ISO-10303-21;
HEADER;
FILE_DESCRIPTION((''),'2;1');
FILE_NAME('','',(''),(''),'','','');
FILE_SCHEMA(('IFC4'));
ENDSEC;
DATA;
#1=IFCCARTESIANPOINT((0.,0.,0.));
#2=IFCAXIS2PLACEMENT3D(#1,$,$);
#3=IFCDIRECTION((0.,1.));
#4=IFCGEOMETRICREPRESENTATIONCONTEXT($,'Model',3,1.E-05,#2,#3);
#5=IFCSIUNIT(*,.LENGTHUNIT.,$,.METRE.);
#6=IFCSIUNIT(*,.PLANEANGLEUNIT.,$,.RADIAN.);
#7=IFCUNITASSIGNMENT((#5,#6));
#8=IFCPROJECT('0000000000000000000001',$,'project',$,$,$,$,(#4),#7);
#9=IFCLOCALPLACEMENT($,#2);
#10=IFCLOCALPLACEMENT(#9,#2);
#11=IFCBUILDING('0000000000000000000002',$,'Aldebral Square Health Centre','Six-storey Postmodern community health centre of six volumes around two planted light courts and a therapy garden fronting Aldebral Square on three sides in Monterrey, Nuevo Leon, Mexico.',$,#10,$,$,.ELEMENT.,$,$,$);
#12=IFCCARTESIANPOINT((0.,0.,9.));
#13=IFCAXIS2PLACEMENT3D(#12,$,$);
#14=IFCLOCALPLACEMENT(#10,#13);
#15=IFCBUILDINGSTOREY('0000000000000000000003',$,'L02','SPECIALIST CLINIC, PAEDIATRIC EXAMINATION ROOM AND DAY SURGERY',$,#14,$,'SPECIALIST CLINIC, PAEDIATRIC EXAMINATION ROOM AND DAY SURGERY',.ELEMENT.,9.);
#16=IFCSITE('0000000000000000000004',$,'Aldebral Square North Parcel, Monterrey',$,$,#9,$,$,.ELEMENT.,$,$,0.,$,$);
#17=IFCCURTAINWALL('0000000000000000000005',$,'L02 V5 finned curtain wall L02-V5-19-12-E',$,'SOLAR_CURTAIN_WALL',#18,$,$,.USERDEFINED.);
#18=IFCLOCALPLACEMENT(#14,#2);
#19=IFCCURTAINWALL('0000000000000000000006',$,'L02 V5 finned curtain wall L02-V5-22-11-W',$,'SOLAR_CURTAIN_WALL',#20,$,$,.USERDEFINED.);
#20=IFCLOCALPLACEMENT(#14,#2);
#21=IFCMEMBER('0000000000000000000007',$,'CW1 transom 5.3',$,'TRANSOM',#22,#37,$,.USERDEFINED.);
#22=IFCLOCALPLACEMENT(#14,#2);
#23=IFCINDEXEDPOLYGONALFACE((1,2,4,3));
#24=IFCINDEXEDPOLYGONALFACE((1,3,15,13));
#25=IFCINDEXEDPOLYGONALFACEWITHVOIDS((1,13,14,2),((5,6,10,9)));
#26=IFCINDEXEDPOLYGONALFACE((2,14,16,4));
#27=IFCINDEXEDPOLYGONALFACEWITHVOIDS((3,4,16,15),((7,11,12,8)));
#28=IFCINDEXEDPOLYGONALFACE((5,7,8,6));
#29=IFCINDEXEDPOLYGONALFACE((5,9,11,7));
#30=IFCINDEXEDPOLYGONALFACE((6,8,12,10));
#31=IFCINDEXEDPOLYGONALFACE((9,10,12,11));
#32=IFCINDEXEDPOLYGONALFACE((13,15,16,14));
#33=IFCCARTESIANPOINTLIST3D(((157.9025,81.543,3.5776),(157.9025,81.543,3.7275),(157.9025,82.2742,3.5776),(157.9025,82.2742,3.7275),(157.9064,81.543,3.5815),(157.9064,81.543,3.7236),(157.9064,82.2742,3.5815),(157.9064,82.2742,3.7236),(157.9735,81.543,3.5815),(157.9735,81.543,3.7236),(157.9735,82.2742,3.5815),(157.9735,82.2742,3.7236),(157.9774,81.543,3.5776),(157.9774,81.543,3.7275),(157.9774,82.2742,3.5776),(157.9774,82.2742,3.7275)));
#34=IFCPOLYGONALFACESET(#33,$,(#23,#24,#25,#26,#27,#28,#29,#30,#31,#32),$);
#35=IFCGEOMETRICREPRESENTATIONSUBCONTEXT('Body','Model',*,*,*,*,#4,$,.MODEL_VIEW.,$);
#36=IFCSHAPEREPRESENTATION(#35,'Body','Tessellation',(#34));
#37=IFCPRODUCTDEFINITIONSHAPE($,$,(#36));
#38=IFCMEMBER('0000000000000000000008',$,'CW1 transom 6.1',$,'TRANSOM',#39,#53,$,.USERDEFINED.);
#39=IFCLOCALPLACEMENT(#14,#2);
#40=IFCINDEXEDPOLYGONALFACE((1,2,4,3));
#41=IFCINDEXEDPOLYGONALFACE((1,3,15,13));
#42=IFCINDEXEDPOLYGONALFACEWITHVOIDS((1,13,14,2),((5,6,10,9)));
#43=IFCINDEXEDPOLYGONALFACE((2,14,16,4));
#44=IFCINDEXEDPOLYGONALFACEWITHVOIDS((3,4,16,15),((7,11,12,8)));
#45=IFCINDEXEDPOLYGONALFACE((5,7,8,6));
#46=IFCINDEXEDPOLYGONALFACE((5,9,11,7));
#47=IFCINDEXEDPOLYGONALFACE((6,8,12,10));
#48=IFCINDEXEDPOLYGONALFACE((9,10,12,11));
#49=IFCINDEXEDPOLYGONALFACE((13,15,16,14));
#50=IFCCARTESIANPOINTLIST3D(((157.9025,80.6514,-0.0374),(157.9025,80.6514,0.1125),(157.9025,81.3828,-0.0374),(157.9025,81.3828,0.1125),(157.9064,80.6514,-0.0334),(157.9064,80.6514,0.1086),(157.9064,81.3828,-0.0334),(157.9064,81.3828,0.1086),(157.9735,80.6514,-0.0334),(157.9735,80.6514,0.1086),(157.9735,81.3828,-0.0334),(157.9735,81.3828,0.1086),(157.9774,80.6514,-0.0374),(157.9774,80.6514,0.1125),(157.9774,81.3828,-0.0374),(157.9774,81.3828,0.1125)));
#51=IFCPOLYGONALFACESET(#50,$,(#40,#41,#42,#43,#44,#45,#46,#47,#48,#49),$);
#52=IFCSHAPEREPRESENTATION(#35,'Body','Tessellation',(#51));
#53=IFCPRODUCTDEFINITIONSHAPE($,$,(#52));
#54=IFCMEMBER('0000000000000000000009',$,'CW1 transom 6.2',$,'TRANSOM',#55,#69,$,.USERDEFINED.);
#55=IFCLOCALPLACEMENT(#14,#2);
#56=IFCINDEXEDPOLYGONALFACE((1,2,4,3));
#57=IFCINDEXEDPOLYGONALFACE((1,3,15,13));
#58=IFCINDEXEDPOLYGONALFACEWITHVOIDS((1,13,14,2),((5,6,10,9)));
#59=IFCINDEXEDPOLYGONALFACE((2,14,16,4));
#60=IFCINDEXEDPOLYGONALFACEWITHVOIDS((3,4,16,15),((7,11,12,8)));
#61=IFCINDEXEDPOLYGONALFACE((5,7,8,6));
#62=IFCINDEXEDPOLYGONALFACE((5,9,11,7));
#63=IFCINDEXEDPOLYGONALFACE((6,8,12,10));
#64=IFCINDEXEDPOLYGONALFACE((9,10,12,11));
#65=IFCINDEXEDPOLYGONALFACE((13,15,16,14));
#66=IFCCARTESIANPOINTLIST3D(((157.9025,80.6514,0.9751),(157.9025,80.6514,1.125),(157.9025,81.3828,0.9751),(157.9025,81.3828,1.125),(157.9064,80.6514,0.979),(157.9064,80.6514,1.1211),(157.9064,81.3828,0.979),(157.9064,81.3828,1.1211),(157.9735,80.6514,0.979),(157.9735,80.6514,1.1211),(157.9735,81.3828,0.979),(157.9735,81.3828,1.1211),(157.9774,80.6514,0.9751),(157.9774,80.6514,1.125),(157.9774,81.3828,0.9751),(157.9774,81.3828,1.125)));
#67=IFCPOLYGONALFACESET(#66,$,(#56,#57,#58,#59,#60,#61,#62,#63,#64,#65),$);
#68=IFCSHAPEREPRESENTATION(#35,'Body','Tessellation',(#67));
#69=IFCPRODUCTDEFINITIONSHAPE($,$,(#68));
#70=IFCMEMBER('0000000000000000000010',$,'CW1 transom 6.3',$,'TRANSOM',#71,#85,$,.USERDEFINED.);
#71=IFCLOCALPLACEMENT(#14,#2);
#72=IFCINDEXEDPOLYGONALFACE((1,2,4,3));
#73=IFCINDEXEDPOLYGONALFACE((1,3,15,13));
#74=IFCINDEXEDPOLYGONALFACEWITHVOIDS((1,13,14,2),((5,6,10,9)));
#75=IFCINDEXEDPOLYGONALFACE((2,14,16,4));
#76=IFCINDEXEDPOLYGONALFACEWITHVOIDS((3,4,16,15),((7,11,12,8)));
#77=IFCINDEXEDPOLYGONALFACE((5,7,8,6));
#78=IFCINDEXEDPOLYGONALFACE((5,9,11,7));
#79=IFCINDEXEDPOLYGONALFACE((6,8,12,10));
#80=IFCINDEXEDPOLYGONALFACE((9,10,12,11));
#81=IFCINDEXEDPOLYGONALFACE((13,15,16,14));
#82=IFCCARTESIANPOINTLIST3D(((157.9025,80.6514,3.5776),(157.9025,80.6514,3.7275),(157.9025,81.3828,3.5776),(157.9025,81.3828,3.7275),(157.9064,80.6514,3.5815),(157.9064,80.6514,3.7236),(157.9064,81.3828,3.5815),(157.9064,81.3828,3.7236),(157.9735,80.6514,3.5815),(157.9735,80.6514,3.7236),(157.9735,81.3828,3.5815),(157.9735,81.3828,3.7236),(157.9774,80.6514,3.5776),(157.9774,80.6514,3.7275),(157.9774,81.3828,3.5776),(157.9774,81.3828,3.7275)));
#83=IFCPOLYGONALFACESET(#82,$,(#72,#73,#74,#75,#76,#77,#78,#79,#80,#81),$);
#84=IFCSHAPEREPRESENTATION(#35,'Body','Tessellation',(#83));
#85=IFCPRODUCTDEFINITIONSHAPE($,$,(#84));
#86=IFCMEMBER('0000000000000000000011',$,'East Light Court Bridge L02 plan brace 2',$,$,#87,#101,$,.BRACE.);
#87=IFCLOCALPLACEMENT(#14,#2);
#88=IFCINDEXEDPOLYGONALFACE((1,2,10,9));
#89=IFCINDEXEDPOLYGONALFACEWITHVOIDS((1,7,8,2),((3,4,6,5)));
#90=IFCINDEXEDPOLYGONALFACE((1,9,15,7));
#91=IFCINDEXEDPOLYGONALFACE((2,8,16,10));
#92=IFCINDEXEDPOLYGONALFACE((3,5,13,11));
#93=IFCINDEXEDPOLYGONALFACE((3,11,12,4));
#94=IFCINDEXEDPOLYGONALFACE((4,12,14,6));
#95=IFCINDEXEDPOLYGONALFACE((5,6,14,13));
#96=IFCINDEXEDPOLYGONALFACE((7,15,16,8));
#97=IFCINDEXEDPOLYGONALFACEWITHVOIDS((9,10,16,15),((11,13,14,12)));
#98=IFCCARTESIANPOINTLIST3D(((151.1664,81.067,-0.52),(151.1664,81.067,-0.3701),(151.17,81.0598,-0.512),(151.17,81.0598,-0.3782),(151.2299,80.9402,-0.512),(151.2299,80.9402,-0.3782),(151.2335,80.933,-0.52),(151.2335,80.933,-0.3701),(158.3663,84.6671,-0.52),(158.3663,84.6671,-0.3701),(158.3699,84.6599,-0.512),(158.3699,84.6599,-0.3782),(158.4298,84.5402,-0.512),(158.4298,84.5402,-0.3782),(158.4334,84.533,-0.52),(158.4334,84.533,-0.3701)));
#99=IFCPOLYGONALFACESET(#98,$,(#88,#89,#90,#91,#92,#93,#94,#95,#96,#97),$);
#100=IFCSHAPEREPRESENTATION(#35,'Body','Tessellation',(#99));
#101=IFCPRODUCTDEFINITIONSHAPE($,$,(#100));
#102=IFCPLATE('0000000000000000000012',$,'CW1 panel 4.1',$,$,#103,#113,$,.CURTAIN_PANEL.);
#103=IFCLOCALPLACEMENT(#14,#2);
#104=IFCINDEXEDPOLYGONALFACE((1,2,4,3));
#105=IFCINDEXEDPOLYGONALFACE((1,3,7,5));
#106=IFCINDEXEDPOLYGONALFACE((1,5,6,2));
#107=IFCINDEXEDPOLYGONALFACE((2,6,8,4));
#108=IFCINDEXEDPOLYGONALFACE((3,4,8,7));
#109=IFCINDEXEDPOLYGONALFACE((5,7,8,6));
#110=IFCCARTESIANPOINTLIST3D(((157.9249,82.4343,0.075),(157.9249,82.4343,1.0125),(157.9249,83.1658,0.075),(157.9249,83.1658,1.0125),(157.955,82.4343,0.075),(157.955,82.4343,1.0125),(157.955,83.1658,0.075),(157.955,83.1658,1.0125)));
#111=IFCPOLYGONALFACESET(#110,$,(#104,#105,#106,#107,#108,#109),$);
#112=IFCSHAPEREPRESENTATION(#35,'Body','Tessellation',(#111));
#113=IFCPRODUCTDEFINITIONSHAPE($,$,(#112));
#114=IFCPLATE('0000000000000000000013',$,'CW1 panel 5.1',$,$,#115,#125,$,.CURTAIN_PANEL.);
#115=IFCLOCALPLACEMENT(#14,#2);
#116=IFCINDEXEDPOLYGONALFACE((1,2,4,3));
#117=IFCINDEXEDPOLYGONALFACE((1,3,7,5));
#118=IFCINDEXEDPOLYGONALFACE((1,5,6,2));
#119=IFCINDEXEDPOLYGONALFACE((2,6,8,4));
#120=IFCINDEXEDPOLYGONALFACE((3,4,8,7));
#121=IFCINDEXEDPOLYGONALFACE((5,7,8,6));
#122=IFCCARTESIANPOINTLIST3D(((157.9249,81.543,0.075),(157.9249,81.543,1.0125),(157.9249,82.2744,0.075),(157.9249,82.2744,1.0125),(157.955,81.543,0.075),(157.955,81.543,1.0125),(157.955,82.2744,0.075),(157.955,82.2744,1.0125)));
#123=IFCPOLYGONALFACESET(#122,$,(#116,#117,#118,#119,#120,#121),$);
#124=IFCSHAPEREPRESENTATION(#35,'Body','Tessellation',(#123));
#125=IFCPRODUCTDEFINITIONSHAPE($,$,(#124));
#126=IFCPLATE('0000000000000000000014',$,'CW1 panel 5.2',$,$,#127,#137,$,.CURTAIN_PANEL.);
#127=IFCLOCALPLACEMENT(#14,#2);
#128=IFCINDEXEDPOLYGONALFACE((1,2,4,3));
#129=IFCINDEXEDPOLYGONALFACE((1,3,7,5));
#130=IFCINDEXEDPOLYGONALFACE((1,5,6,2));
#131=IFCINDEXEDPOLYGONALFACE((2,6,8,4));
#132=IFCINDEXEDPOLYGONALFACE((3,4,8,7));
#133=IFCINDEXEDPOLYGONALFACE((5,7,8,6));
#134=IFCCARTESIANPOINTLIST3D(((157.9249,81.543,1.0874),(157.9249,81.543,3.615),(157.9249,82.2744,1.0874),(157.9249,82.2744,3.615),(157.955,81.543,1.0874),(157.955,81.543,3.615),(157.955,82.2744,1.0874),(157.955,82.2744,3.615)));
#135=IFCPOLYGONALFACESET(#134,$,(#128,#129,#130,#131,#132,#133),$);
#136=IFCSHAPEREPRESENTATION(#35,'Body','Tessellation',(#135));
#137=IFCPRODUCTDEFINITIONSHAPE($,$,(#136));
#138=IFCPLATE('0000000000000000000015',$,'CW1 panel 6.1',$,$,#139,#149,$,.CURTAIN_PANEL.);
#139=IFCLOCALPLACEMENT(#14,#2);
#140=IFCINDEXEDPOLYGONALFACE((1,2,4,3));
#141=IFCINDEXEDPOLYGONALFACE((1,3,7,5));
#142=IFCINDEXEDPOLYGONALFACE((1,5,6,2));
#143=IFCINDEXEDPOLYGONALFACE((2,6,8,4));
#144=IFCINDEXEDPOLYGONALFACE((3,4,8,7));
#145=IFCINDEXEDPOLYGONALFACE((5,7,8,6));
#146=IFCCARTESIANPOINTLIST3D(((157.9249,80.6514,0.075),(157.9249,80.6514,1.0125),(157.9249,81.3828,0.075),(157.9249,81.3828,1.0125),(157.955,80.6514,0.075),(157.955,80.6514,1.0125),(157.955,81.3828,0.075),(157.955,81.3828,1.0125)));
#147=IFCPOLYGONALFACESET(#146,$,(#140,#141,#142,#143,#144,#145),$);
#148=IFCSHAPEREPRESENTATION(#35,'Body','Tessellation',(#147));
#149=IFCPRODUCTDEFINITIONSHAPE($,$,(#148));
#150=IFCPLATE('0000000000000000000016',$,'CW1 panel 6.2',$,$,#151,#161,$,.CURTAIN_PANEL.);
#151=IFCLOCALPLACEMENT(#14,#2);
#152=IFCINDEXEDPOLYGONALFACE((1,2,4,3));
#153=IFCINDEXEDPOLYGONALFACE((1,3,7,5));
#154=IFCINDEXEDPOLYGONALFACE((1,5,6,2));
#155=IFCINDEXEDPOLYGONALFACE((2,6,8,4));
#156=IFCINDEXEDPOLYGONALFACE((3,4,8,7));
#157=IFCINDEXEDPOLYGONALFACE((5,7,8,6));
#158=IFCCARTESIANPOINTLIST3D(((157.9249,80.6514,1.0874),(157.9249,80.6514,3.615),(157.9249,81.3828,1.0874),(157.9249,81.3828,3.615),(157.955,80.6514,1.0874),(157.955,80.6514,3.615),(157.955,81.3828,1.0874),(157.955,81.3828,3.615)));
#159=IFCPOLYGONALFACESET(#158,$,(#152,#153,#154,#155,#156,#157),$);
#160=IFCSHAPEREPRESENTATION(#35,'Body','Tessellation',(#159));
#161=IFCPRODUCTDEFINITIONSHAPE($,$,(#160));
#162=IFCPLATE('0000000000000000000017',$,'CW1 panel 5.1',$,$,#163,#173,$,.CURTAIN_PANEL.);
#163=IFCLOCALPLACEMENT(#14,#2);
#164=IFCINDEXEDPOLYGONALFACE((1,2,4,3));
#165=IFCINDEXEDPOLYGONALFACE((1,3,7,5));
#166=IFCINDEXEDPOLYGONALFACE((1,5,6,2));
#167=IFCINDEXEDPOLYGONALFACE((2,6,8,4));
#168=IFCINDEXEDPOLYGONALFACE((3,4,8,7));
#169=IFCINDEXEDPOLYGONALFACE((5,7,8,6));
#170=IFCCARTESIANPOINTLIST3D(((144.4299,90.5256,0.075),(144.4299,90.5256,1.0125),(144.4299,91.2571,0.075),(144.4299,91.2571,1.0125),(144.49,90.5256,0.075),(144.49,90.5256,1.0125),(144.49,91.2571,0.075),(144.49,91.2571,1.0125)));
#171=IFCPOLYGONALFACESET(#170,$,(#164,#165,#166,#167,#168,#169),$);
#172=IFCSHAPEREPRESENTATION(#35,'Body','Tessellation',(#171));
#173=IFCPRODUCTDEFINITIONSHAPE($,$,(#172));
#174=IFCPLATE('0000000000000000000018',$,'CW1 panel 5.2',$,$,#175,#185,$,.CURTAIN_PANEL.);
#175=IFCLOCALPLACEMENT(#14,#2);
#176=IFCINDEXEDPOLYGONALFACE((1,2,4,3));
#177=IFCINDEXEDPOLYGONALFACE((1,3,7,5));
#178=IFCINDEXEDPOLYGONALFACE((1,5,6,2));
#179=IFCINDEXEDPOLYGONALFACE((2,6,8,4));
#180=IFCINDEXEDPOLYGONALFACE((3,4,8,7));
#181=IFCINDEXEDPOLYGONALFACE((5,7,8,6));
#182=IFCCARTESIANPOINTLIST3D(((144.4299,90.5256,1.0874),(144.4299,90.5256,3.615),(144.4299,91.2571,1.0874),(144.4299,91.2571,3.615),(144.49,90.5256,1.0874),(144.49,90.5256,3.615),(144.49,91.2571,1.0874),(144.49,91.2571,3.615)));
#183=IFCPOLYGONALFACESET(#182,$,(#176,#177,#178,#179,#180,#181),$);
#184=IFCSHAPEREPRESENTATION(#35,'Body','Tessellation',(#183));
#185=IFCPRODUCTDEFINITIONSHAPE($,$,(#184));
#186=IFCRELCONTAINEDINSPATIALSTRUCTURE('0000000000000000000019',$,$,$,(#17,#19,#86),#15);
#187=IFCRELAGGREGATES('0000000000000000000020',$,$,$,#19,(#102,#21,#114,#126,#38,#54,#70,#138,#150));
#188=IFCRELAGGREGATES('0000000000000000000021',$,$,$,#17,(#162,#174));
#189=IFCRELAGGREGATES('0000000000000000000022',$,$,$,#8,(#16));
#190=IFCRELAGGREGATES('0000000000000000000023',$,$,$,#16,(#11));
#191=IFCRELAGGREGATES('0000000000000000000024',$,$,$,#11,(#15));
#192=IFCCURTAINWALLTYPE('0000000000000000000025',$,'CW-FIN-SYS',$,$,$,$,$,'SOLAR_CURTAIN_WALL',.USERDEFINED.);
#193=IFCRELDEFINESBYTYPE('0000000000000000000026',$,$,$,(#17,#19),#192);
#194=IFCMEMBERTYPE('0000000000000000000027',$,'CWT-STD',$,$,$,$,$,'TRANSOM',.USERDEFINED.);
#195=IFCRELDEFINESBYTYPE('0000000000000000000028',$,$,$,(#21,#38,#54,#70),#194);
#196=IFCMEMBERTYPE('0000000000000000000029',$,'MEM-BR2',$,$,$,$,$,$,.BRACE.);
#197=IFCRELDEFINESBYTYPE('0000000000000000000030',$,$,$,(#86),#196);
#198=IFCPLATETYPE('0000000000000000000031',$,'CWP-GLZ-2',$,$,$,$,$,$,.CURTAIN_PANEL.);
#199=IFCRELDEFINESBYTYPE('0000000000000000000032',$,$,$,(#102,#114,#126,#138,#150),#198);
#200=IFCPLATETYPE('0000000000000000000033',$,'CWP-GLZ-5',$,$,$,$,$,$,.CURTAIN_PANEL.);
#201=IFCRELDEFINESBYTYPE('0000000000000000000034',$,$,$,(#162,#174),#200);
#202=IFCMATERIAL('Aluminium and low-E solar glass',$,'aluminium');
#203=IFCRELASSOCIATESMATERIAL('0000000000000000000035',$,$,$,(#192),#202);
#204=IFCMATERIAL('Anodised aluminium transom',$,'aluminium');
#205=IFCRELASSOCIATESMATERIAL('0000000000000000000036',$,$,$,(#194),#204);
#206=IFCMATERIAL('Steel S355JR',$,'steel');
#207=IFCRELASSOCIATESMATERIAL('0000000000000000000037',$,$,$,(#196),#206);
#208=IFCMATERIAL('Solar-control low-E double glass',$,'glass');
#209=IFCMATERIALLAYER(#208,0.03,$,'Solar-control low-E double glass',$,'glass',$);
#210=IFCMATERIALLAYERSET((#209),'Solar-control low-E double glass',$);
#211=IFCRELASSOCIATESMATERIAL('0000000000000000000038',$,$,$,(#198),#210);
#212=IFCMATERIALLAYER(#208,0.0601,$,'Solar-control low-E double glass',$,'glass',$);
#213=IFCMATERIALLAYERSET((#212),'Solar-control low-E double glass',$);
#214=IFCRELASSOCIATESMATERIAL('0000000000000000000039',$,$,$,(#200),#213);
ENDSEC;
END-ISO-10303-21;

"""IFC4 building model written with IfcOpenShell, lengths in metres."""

from ifc_helpers import new_model, si_unit, direction, frame, origin, origin_2d, place, context, subcontext, project, spatial, rectangle, hollow_rectangle, extrude, material, layer, layer_set, material_profile, profile_set, type_object, element, aggregate, save


model = new_model("IFC4")

# Units and contexts
model_context = context("Model", 3, precision=1e-05, world=origin(), true_north=direction((0.0, 1.0)))
body_context = subcontext(model_context, "Body", "Model", "MODEL_VIEW")
ifc_project = project(units=[si_unit("LENGTHUNIT", "METRE"), si_unit("PLANEANGLEUNIT", "RADIAN")], contexts=[model_context])

# Site, building, storey
site_placement = place(None, origin())
site = spatial("IfcSite", under=ifc_project, at=site_placement, Name="Aldebral Square North Parcel, Monterrey", CompositionType="ELEMENT", RefElevation=0.0)
building_placement = place(site_placement, origin())
building = spatial("IfcBuilding", under=site, at=building_placement, Name="Aldebral Square Health Centre", Description="Six-storey Postmodern community health centre of six volumes around two planted light courts and a therapy garden fronting Aldebral Square on three sides in Monterrey, Nuevo Leon, Mexico.", CompositionType="ELEMENT")
storey_placement = place(building_placement, frame((0.0, 0.0, 9.0)))
storey = spatial("IfcBuildingStorey", under=building, at=storey_placement, Name="L02", Description="SPECIALIST CLINIC, PAEDIATRIC EXAMINATION ROOM AND DAY SURGERY", LongName="SPECIALIST CLINIC, PAEDIATRIC EXAMINATION ROOM AND DAY SURGERY", CompositionType="ELEMENT", Elevation=9.0)

# Shared definitions
ifc_material_1 = material(Name="Steel S355JR", Category="steel")

# Curtain walls
ifc_material_2 = material(Name="Aluminium and low-E solar glass", Category="aluminium")
curtain_wall_type = type_object("IfcCurtainWallType", Name="CW-FIN-SYS", ElementType="SOLAR_CURTAIN_WALL", PredefinedType="USERDEFINED", material=ifc_material_2)
curtain_wall_1_placement = place(storey_placement, origin())
curtain_wall_1 = element("IfcCurtainWall", 1, at=curtain_wall_1_placement, inside=storey, type_object=curtain_wall_type, Name="L02 V5 finned curtain wall L02-V5-19-12-E", ObjectType="SOLAR_CURTAIN_WALL", PredefinedType="USERDEFINED")
curtain_wall_2_placement = place(storey_placement, origin())
curtain_wall_2 = element("IfcCurtainWall", 2, at=curtain_wall_2_placement, inside=storey, type_object=curtain_wall_type, Name="L02 V5 finned curtain wall L02-V5-22-11-W", ObjectType="SOLAR_CURTAIN_WALL", PredefinedType="USERDEFINED")

# Members
ifc_material_3 = material(Name="Anodised aluminium transom", Category="aluminium")
ifc_material_profile_1 = material_profile(ifc_material_3, hollow_rectangle(XDim=0.075, YDim=0.1499, WallThickness=0.0039, at=origin_2d()), Name="CWT 75x150x4")
ifc_profile_set_1 = profile_set([ifc_material_profile_1], Name="Anodised aluminium transom")
member_type_1 = type_object("IfcMemberType", Name="CWT-STD", ElementType="TRANSOM", PredefinedType="USERDEFINED", material=ifc_profile_set_1)
member_1_placement = place(storey_placement, frame((157.9399, 82.2742, 3.6526), z_axis=(0.0, -1.0, 0.0), x_axis=(1.0, 0.0, 0.0)))
member_1 = element("IfcMember", 3, at=member_1_placement, type_object=member_type_1, Name="CW1 transom 5.3", ObjectType="TRANSOM", PredefinedType="USERDEFINED", context=body_context, shape_type="SweptSolid", body=[
    extrude(hollow_rectangle(XDim=0.075, YDim=0.1499, WallThickness=0.0039, at=origin_2d()), origin(), (0.0, 0.0, 1.0), 0.7312),
])
member_2_placement = place(storey_placement, frame((157.9399, 81.3828, 0.0376), z_axis=(0.0, -1.0, 0.0), x_axis=(1.0, 0.0, 0.0)))
member_2 = element("IfcMember", 4, at=member_2_placement, type_object=member_type_1, Name="CW1 transom 6.1", ObjectType="TRANSOM", PredefinedType="USERDEFINED", context=body_context, shape_type="SweptSolid", body=[
    extrude(hollow_rectangle(XDim=0.075, YDim=0.1499, WallThickness=0.0039, at=origin_2d()), origin(), (0.0, 0.0, 1.0), 0.7314),
])
member_3_placement = place(storey_placement, frame((157.9399, 81.3828, 1.05), z_axis=(0.0, -1.0, 0.0), x_axis=(1.0, 0.0, 0.0)))
member_3 = element("IfcMember", 5, at=member_3_placement, type_object=member_type_1, Name="CW1 transom 6.2", ObjectType="TRANSOM", PredefinedType="USERDEFINED", context=body_context, shape_type="SweptSolid", body=[
    extrude(hollow_rectangle(XDim=0.075, YDim=0.1499, WallThickness=0.0039, at=origin_2d()), origin(), (0.0, 0.0, 1.0), 0.7314),
])
member_4_placement = place(storey_placement, frame((157.9399, 81.3828, 3.6526), z_axis=(0.0, -1.0, 0.0), x_axis=(1.0, 0.0, 0.0)))
member_4 = element("IfcMember", 6, at=member_4_placement, type_object=member_type_1, Name="CW1 transom 6.3", ObjectType="TRANSOM", PredefinedType="USERDEFINED", context=body_context, shape_type="SweptSolid", body=[
    extrude(hollow_rectangle(XDim=0.075, YDim=0.1499, WallThickness=0.0039, at=origin_2d()), origin(), (0.0, 0.0, 1.0), 0.7314),
])
ifc_material_profile_2 = material_profile(ifc_material_1, hollow_rectangle(XDim=0.1499, YDim=0.1499, WallThickness=0.0081, at=origin_2d()), Name="150x150x8 SHS")
ifc_profile_set_2 = profile_set([ifc_material_profile_2], Name="Steel S355JR")
member_type_2 = type_object("IfcMemberType", Name="MEM-BR2", PredefinedType="BRACE", material=ifc_profile_set_2)
member_5_placement = place(storey_placement, frame((151.2, 81.0, -0.4451), z_axis=(0.894421, 0.447226, 0.0), x_axis=(-0.447226, 0.894421, 0.0)))
element("IfcMember", 7, at=member_5_placement, inside=storey, type_object=member_type_2, Name="East Light Court Bridge L02 plan brace 2", PredefinedType="BRACE", context=body_context, shape_type="SweptSolid", body=[
    extrude(hollow_rectangle(XDim=0.1499, YDim=0.1499, WallThickness=0.0081, at=origin_2d()), origin(), (0.0, 0.0, 1.0), 8.0498),
])

# Plates
ifc_material_4 = material(Name="Solar-control low-E double glass", Category="glass")
ifc_layer_1 = layer(ifc_material_4, 0.03, Name="Solar-control low-E double glass", Category="glass")
ifc_layer_set_1 = layer_set([ifc_layer_1], Name="Solar-control low-E double glass")
plate_type_1 = type_object("IfcPlateType", Name="CWP-GLZ-2", PredefinedType="CURTAIN_PANEL", material=ifc_layer_set_1)
plate_1_placement = place(storey_placement, frame((157.9399, 82.8, 0.075), z_axis=(0.0, 0.0, 1.0), x_axis=(0.0, -1.0, 0.0)))
plate_1 = element("IfcPlate", 8, at=plate_1_placement, type_object=plate_type_1, Name="CW1 panel 4.1", PredefinedType="CURTAIN_PANEL", context=body_context, shape_type="SweptSolid", body=[
    extrude(rectangle(XDim=0.7314, YDim=0.03, at=origin_2d()), origin(), (0.0, 0.0, 1.0), 0.9375),
])
plate_2_placement = place(storey_placement, frame((157.9399, 81.9087, 0.075), z_axis=(0.0, 0.0, 1.0), x_axis=(0.0, -1.0, 0.0)))
plate_2 = element("IfcPlate", 9, at=plate_2_placement, type_object=plate_type_1, Name="CW1 panel 5.1", PredefinedType="CURTAIN_PANEL", context=body_context, shape_type="SweptSolid", body=[
    extrude(rectangle(XDim=0.7314, YDim=0.03, at=origin_2d()), origin(), (0.0, 0.0, 1.0), 0.9375),
])
plate_3_placement = place(storey_placement, frame((157.9399, 81.9087, 1.0874), z_axis=(0.0, 0.0, 1.0), x_axis=(0.0, -1.0, 0.0)))
plate_3 = element("IfcPlate", 10, at=plate_3_placement, type_object=plate_type_1, Name="CW1 panel 5.2", PredefinedType="CURTAIN_PANEL", context=body_context, shape_type="SweptSolid", body=[
    extrude(rectangle(XDim=0.7314, YDim=0.03, at=origin_2d()), origin(), (0.0, 0.0, 1.0), 2.5276),
])
plate_4_placement = place(storey_placement, frame((157.9399, 81.0171, 0.075), z_axis=(0.0, 0.0, 1.0), x_axis=(0.0, -1.0, 0.0)))
plate_4 = element("IfcPlate", 11, at=plate_4_placement, type_object=plate_type_1, Name="CW1 panel 6.1", PredefinedType="CURTAIN_PANEL", context=body_context, shape_type="SweptSolid", body=[
    extrude(rectangle(XDim=0.7314, YDim=0.03, at=origin_2d()), origin(), (0.0, 0.0, 1.0), 0.9375),
])
plate_5_placement = place(storey_placement, frame((157.9399, 81.0171, 1.0874), z_axis=(0.0, 0.0, 1.0), x_axis=(0.0, -1.0, 0.0)))
plate_5 = element("IfcPlate", 12, at=plate_5_placement, type_object=plate_type_1, Name="CW1 panel 6.2", PredefinedType="CURTAIN_PANEL", context=body_context, shape_type="SweptSolid", body=[
    extrude(rectangle(XDim=0.7314, YDim=0.03, at=origin_2d()), origin(), (0.0, 0.0, 1.0), 2.5276),
])
aggregate(curtain_wall_2, [plate_1, member_1, plate_2, plate_3, member_2, member_3, member_4, plate_4, plate_5])
ifc_layer_2 = layer(ifc_material_4, 0.0601, Name="Solar-control low-E double glass", Category="glass")
ifc_layer_set_2 = layer_set([ifc_layer_2], Name="Solar-control low-E double glass")
plate_type_2 = type_object("IfcPlateType", Name="CWP-GLZ-5", PredefinedType="CURTAIN_PANEL", material=ifc_layer_set_2)
plate_6_placement = place(storey_placement, frame((144.46, 90.8914, 0.075), z_axis=(0.0, 0.0, 1.0), x_axis=(0.0, 1.0, 0.0)))
plate_6 = element("IfcPlate", 13, at=plate_6_placement, type_object=plate_type_2, Name="CW1 panel 5.1", PredefinedType="CURTAIN_PANEL", context=body_context, shape_type="SweptSolid", body=[
    extrude(rectangle(XDim=0.7314, YDim=0.0601, at=origin_2d()), origin(), (0.0, 0.0, 1.0), 0.9375),
])
plate_7_placement = place(storey_placement, frame((144.46, 90.8914, 1.0874), z_axis=(0.0, 0.0, 1.0), x_axis=(0.0, 1.0, 0.0)))
plate_7 = element("IfcPlate", 14, at=plate_7_placement, type_object=plate_type_2, Name="CW1 panel 5.2", PredefinedType="CURTAIN_PANEL", context=body_context, shape_type="SweptSolid", body=[
    extrude(rectangle(XDim=0.7314, YDim=0.0601, at=origin_2d()), origin(), (0.0, 0.0, 1.0), 2.5276),
])
aggregate(curtain_wall_1, [plate_6, plate_7])

save(model, "model.ifc")
